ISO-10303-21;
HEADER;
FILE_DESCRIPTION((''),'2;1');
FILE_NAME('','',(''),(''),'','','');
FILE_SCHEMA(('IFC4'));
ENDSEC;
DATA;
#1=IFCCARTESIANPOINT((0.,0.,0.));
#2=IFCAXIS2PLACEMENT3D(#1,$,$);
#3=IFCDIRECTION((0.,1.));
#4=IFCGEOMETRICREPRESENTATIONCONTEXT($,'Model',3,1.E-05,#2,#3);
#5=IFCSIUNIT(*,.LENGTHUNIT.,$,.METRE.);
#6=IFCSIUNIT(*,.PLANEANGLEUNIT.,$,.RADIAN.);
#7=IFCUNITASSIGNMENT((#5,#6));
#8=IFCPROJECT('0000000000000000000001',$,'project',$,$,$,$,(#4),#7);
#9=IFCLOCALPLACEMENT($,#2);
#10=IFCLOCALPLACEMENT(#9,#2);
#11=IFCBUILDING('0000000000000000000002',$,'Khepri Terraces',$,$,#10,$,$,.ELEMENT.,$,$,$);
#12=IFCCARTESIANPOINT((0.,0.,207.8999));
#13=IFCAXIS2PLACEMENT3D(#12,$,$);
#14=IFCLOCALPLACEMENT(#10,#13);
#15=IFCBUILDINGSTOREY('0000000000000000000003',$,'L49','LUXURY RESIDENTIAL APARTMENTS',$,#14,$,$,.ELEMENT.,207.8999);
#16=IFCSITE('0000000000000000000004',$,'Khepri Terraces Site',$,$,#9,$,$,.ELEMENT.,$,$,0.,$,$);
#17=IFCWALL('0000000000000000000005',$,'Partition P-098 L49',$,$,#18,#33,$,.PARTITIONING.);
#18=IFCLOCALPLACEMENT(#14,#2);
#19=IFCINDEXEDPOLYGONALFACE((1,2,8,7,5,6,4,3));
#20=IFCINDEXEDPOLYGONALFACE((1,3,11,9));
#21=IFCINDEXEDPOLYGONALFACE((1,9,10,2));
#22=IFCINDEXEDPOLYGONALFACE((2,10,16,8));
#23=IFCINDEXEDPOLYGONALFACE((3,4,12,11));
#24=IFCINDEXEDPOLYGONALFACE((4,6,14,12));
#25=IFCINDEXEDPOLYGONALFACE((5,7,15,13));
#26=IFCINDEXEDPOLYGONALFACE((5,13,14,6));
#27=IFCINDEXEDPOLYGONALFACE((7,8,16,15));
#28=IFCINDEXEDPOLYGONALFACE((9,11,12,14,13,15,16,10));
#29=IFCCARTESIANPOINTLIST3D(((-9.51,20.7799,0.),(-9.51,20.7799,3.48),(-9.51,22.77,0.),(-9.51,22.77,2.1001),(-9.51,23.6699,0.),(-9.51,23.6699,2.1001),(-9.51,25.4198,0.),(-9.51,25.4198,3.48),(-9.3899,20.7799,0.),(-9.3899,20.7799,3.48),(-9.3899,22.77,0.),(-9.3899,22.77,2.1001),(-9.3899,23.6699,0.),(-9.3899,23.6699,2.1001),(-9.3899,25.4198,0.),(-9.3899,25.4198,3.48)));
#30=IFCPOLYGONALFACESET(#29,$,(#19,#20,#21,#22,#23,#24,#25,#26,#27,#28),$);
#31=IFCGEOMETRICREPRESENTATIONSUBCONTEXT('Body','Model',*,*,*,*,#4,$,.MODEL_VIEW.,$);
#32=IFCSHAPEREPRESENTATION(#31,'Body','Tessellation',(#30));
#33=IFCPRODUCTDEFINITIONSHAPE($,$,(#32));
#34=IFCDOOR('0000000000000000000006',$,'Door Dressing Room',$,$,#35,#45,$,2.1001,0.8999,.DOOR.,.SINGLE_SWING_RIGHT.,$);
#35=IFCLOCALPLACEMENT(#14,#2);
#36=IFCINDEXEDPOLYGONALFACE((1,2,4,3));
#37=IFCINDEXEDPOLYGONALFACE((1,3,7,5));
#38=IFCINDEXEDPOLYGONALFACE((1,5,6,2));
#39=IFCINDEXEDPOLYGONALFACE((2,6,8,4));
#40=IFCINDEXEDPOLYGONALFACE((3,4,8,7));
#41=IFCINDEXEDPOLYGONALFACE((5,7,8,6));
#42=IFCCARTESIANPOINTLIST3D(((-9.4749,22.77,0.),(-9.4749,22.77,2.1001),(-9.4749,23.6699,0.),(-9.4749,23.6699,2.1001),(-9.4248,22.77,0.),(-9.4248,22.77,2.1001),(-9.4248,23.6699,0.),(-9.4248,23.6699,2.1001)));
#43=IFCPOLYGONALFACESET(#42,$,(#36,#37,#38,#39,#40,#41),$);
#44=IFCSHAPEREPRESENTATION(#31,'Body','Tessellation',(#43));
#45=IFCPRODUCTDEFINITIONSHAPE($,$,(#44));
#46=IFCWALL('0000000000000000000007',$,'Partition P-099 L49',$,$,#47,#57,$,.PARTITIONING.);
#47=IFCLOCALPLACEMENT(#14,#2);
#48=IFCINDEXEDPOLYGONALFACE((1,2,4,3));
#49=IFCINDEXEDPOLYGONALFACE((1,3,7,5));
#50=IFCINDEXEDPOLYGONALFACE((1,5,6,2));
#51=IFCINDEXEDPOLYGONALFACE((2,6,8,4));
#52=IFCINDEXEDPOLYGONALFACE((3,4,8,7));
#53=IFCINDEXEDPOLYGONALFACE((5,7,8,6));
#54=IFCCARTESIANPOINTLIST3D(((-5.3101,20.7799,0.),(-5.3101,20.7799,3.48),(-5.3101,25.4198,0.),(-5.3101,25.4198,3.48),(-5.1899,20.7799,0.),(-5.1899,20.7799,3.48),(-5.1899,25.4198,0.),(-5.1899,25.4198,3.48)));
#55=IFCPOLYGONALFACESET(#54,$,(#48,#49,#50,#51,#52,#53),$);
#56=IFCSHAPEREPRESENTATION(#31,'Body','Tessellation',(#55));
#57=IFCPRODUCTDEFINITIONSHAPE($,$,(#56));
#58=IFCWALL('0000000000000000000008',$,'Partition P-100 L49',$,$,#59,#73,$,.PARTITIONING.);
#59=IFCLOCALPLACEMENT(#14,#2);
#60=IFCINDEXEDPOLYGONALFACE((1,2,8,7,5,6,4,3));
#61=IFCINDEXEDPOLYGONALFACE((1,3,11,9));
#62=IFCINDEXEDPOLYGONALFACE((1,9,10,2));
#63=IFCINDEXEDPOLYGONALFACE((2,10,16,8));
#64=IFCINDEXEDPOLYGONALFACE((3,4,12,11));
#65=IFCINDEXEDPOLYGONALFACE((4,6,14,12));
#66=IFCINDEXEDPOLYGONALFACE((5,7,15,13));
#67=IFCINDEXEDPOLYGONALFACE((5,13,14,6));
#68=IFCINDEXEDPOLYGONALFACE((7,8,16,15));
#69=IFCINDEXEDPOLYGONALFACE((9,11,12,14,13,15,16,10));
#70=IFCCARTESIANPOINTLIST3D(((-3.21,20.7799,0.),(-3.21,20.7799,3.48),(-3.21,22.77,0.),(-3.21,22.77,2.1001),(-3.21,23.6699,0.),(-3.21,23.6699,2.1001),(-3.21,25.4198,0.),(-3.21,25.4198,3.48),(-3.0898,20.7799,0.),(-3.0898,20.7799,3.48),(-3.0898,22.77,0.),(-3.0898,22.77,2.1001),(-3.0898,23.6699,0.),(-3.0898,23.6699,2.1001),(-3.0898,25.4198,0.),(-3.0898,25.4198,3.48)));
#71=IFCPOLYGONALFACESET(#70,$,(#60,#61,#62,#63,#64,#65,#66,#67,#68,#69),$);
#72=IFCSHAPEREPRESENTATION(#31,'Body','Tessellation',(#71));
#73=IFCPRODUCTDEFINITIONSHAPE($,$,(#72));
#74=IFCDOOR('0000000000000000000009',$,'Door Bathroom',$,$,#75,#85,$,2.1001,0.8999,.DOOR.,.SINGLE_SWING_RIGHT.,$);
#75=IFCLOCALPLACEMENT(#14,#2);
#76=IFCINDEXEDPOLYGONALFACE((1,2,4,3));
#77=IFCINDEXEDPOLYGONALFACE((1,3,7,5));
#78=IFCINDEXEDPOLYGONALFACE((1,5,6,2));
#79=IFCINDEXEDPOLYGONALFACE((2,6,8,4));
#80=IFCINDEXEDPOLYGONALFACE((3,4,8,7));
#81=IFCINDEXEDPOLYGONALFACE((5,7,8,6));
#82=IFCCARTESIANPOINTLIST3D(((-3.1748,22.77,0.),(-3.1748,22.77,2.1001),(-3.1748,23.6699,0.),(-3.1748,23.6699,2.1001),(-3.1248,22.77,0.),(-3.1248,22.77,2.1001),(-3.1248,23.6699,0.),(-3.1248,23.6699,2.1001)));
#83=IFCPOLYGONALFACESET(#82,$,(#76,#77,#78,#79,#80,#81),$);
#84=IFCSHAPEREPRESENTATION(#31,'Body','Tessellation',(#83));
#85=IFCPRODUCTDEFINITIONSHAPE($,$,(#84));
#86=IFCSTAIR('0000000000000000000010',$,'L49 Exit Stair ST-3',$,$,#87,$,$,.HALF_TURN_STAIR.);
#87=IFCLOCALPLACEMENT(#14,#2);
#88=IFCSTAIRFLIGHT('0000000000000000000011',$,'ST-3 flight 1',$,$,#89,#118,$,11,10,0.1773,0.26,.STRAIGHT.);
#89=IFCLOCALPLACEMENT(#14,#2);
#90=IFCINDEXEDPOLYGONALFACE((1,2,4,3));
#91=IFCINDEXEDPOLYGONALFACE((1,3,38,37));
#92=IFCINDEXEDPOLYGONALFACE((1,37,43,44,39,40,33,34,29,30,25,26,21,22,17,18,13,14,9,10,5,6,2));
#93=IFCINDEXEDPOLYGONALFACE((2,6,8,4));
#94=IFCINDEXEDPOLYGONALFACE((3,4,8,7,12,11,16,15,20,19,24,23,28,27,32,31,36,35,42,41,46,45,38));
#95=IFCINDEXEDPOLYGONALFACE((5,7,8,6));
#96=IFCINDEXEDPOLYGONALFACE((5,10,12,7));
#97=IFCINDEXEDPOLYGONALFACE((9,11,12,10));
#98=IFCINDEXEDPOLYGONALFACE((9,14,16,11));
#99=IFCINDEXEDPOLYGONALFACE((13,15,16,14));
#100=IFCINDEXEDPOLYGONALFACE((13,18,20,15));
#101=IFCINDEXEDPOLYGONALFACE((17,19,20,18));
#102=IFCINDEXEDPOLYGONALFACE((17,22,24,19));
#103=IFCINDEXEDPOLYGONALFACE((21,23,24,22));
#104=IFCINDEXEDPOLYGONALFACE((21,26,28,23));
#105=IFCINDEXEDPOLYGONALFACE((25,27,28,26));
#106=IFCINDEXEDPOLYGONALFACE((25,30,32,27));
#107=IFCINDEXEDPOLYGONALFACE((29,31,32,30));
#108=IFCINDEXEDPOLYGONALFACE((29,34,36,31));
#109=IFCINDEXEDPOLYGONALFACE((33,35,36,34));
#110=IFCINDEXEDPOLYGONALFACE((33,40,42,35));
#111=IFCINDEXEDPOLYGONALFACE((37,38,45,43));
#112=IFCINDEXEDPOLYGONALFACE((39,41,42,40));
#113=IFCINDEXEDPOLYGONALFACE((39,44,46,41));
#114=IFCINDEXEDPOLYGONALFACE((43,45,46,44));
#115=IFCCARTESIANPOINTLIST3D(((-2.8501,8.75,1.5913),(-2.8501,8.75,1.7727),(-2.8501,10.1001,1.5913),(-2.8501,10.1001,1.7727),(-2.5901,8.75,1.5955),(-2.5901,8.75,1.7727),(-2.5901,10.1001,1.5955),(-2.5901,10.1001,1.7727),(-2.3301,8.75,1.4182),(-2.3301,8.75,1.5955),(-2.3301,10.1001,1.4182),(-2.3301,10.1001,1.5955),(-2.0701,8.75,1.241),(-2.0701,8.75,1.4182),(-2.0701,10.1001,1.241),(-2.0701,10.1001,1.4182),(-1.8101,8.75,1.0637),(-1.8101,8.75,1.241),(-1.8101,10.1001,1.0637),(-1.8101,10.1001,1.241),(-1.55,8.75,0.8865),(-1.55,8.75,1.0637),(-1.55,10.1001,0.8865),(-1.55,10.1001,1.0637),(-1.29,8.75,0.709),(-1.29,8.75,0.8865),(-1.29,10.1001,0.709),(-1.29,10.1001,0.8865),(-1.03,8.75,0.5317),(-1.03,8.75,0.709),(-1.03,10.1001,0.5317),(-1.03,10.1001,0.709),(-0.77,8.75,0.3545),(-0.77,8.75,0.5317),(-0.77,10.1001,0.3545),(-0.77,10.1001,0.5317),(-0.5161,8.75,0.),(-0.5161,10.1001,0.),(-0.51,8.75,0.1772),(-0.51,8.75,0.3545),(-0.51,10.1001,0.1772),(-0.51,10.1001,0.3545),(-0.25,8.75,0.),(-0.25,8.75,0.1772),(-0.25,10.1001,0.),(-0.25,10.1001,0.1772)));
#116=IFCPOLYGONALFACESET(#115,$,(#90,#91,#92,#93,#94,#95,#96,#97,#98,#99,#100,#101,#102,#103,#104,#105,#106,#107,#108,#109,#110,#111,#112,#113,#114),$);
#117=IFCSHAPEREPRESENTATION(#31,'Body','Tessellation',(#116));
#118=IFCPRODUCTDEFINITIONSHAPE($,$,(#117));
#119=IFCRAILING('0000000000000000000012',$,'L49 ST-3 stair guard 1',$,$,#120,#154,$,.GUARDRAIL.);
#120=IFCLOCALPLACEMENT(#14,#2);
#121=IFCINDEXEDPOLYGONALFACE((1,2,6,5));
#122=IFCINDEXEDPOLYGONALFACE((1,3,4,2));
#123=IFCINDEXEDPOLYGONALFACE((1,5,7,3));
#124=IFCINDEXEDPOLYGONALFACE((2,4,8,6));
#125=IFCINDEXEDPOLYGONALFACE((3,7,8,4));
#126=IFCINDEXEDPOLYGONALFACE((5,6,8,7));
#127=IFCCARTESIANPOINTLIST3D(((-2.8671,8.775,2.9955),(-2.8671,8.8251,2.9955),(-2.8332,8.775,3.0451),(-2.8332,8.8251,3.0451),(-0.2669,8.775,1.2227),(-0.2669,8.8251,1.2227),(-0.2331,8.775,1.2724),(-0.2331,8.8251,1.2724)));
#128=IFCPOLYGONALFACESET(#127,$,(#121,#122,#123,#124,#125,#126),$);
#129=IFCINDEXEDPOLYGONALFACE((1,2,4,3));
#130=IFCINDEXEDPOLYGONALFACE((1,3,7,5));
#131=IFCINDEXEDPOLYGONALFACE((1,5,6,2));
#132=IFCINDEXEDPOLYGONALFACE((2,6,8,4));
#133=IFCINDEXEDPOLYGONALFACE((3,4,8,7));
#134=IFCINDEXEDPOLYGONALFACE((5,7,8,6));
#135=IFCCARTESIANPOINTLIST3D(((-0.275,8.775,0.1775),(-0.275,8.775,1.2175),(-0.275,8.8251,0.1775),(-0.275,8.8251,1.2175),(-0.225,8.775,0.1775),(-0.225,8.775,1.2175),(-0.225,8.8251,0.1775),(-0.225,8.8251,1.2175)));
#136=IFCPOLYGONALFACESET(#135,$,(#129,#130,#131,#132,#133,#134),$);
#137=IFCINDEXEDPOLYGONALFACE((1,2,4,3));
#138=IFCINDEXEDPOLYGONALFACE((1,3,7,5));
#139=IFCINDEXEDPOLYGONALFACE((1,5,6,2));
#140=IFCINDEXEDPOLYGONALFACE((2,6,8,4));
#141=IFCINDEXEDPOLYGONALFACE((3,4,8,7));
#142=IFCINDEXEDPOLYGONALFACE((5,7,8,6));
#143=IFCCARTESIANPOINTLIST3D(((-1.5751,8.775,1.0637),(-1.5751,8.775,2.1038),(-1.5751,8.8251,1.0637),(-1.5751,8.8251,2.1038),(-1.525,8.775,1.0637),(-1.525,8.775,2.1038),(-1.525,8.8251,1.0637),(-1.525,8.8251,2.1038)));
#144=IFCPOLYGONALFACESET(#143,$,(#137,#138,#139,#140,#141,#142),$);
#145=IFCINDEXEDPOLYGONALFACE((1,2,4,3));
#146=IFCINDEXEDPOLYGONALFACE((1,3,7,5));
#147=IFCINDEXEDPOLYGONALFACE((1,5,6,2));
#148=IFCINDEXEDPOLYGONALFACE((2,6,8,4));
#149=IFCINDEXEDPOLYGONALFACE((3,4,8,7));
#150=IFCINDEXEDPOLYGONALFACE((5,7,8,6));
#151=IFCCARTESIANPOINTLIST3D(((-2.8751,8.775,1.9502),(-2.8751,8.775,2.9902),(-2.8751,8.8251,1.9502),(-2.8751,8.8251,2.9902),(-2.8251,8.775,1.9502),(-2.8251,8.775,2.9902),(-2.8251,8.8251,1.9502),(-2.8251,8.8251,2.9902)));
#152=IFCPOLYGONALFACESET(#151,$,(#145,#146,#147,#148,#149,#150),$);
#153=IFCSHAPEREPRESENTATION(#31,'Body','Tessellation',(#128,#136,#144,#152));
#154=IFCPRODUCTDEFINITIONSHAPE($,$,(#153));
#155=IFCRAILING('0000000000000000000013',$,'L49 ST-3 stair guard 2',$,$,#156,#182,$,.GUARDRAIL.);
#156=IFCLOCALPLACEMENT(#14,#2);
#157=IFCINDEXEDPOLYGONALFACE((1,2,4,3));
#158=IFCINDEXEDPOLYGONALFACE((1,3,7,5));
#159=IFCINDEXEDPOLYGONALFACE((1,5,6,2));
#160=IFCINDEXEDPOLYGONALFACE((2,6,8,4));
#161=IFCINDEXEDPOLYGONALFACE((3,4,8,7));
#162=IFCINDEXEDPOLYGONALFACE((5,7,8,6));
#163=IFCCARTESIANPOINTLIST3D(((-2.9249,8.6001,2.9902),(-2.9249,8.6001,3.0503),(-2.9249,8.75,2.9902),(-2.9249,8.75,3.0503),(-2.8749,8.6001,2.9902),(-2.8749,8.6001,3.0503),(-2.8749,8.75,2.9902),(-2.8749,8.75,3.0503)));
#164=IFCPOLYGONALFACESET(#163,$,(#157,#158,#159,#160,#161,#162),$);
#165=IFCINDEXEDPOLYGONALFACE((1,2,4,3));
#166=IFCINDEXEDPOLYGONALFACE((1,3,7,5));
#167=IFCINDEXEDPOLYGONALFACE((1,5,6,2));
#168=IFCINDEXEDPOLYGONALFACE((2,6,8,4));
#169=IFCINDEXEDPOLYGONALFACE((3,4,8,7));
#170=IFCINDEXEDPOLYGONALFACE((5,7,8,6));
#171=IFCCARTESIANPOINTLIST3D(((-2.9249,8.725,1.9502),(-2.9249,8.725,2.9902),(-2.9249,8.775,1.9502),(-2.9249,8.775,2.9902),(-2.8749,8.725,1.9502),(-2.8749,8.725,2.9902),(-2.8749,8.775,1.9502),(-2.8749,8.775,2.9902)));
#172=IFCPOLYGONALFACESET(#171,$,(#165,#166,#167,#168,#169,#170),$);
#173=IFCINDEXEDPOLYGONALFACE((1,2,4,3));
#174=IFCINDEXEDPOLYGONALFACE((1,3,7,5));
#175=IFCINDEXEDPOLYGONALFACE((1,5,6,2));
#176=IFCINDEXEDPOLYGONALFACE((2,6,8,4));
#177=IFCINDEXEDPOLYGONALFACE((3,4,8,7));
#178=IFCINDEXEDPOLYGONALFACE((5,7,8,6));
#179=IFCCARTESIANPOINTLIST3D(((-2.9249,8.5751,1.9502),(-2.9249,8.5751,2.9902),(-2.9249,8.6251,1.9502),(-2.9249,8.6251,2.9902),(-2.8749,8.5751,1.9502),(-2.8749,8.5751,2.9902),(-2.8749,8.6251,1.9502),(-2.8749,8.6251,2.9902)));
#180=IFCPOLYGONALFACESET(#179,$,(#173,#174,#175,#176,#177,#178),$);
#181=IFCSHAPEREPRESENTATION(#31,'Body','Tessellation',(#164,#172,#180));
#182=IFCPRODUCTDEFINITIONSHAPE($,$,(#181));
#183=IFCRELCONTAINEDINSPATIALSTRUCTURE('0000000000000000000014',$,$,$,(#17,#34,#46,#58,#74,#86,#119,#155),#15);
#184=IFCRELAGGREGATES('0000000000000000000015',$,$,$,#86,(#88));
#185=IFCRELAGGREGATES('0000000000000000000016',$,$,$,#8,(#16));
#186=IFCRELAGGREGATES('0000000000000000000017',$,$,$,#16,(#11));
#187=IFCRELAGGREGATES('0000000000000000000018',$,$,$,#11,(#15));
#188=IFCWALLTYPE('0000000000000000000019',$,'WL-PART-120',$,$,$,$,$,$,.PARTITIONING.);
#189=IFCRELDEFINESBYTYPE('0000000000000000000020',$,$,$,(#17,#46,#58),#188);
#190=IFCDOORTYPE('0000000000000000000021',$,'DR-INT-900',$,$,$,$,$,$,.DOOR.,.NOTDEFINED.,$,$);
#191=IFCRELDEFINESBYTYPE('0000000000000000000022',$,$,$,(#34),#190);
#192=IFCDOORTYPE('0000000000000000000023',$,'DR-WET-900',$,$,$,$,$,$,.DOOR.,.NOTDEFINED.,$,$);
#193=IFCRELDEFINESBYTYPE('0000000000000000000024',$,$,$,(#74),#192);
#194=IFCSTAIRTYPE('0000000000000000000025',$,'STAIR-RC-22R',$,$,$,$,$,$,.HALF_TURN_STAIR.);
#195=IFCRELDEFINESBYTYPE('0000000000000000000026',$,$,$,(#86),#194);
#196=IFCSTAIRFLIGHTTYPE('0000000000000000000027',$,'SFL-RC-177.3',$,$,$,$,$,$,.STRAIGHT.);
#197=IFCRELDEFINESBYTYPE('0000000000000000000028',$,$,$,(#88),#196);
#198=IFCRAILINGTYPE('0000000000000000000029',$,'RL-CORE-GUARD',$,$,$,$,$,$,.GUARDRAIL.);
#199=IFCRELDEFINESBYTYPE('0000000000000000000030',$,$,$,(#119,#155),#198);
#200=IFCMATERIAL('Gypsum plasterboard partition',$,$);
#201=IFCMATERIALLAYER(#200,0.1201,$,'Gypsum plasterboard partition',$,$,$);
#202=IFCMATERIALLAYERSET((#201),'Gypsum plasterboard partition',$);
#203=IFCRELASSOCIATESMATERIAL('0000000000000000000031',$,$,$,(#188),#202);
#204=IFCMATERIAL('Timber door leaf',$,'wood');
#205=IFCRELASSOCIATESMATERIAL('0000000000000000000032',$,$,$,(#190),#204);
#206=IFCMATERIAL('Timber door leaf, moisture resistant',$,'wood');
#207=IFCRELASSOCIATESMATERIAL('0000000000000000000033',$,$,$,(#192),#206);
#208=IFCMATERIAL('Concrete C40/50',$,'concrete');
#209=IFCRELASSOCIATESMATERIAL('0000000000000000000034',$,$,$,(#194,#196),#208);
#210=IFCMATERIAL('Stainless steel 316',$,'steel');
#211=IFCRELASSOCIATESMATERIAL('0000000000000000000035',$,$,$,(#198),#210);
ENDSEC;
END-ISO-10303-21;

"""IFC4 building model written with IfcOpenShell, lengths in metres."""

from ifc_helpers import new_model, si_unit, direction, frame, frame_2d, origin, origin_2d, place, context, subcontext, project, spatial, polyline, rectangle, outline, extrude, material, layer, layer_set, type_object, element, fill, aggregate, save


model = new_model("IFC4")

# Units and contexts
model_context = context("Model", 3, precision=1e-05, world=origin(), true_north=direction((0.0, 1.0)))
body_context = subcontext(model_context, "Body", "Model", "MODEL_VIEW")
ifc_project = project(units=[si_unit("LENGTHUNIT", "METRE"), si_unit("PLANEANGLEUNIT", "RADIAN")], contexts=[model_context])

# Site, building, storey
site_placement = place(None, origin())
site = spatial("IfcSite", under=ifc_project, at=site_placement, Name="Khepri Terraces Site", CompositionType="ELEMENT", RefElevation=0.0)
building_placement = place(site_placement, origin())
building = spatial("IfcBuilding", under=site, at=building_placement, Name="Khepri Terraces", CompositionType="ELEMENT")
storey_placement = place(building_placement, frame((0.0, 0.0, 207.8999)))
storey = spatial("IfcBuildingStorey", under=building, at=storey_placement, Name="L49", Description="LUXURY RESIDENTIAL APARTMENTS", CompositionType="ELEMENT", Elevation=207.8999)

# Shared definitions
ifc_material_1 = material(Name="Gypsum plasterboard partition")
ifc_layer_1 = layer(ifc_material_1, 0.1201, Name="Gypsum plasterboard partition")
ifc_layer_set_1 = layer_set([ifc_layer_1], Name="Gypsum plasterboard partition")
wall_type_1 = type_object("IfcWallType", Name="WL-PART-120", PredefinedType="PARTITIONING", material=ifc_layer_set_1)

# Wall, opening, door
wall_1_placement = place(storey_placement, frame((-9.45, 20.78, 0.0), z_axis=(0.0, 0.0, 1.0), x_axis=(0.0, 1.0, 0.0)))
wall_1 = element("IfcWall", 1, at=wall_1_placement, inside=storey, type_object=wall_type_1, Name="Partition P-098 L49", PredefinedType="PARTITIONING", context=body_context, shape_type="SweptSolid", body=[
    extrude(rectangle(XDim=4.6399, YDim=0.1201, at=frame_2d((2.3198, 0.0))), origin(), (0.0, 0.0, 1.0), 3.48),
])
opening_1_placement = place(wall_1_placement, frame((1.99, 0.0, 0.0)))
opening_1 = element("IfcOpeningElement", 2, at=opening_1_placement, cuts=wall_1, PredefinedType="OPENING", context=body_context, shape_type="SweptSolid", body=[
    extrude(rectangle(XDim=0.8999, YDim=2.1001, at=frame_2d((0.45, 1.05))), frame((0.0, 0.0701, 0.0), z_axis=(0.0, -1.0, 0.0), x_axis=(1.0, 0.0, 0.0)), (0.0, 0.0, 1.0), 0.1401),
])
ifc_material_2 = material(Name="Timber door leaf", Category="wood")
door_type_1 = type_object("IfcDoorType", Name="DR-INT-900", OperationType="NOTDEFINED", PredefinedType="DOOR", material=ifc_material_2)
door_1_placement = place(opening_1_placement, origin())
door_1 = element("IfcDoor", 3, at=door_1_placement, inside=storey, type_object=door_type_1, Name="Door Dressing Room", OperationType="SINGLE_SWING_RIGHT", OverallHeight=2.1001, OverallWidth=0.8999, PredefinedType="DOOR", context=body_context, shape_type="SweptSolid", body=[
    extrude(rectangle(XDim=0.8999, YDim=2.1001, at=frame_2d((0.45, 1.05))), frame((0.0, 0.0249, 0.0), z_axis=(0.0, -1.0, 0.0), x_axis=(1.0, 0.0, 0.0)), (0.0, 0.0, 1.0), 0.05),
])
fill(opening_1, door_1)

# Wall
wall_2_placement = place(storey_placement, frame((-5.25, 20.78, 0.0), z_axis=(0.0, 0.0, 1.0), x_axis=(0.0, 1.0, 0.0)))
element("IfcWall", 4, at=wall_2_placement, inside=storey, type_object=wall_type_1, Name="Partition P-099 L49", PredefinedType="PARTITIONING", context=body_context, shape_type="SweptSolid", body=[
    extrude(rectangle(XDim=4.6399, YDim=0.1201, at=frame_2d((2.3198, 0.0))), origin(), (0.0, 0.0, 1.0), 3.48),
])

# Wall, opening, door
wall_3_placement = place(storey_placement, frame((-3.1499, 20.78, 0.0), z_axis=(0.0, 0.0, 1.0), x_axis=(0.0, 1.0, 0.0)))
wall_3 = element("IfcWall", 5, at=wall_3_placement, inside=storey, type_object=wall_type_1, Name="Partition P-100 L49", PredefinedType="PARTITIONING", context=body_context, shape_type="SweptSolid", body=[
    extrude(rectangle(XDim=4.6399, YDim=0.1201, at=frame_2d((2.3198, 0.0))), origin(), (0.0, 0.0, 1.0), 3.48),
])
opening_2_placement = place(wall_3_placement, frame((1.99, 0.0, 0.0)))
opening_2 = element("IfcOpeningElement", 6, at=opening_2_placement, cuts=wall_3, PredefinedType="OPENING", context=body_context, shape_type="SweptSolid", body=[
    extrude(rectangle(XDim=0.8999, YDim=2.1001, at=frame_2d((0.45, 1.05))), frame((0.0, 0.0701, 0.0), z_axis=(0.0, -1.0, 0.0), x_axis=(1.0, 0.0, 0.0)), (0.0, 0.0, 1.0), 0.1401),
])
ifc_material_3 = material(Name="Timber door leaf, moisture resistant", Category="wood")
door_type_2 = type_object("IfcDoorType", Name="DR-WET-900", OperationType="NOTDEFINED", PredefinedType="DOOR", material=ifc_material_3)
door_2_placement = place(opening_2_placement, origin())
door_2 = element("IfcDoor", 7, at=door_2_placement, inside=storey, type_object=door_type_2, Name="Door Bathroom", OperationType="SINGLE_SWING_RIGHT", OverallHeight=2.1001, OverallWidth=0.8999, PredefinedType="DOOR", context=body_context, shape_type="SweptSolid", body=[
    extrude(rectangle(XDim=0.8999, YDim=2.1001, at=frame_2d((0.45, 1.05))), frame((0.0, 0.0249, 0.0), z_axis=(0.0, -1.0, 0.0), x_axis=(1.0, 0.0, 0.0)), (0.0, 0.0, 1.0), 0.05),
])
fill(opening_2, door_2)

# Stair, stair flight
ifc_material_4 = material(Name="Concrete C40/50", Category="concrete")
stair_type = type_object("IfcStairType", Name="STAIR-RC-22R", PredefinedType="HALF_TURN_STAIR", material=ifc_material_4)
stair_placement = place(storey_placement, origin())
stair = element("IfcStair", 8, at=stair_placement, inside=storey, type_object=stair_type, Name="L49 Exit Stair ST-3", PredefinedType="HALF_TURN_STAIR")
stair_flight_type = type_object("IfcStairFlightType", Name="SFL-RC-177.3", PredefinedType="STRAIGHT", material=ifc_material_4)
stair_flight_placement = place(storey_placement, frame((-0.25, 9.425, 0.0), z_axis=(0.0, 0.0, 1.0), x_axis=(-1.0, 0.0, 0.0)))
stair_flight = element("IfcStairFlight", 9, at=stair_flight_placement, type_object=stair_flight_type, Name="ST-3 flight 1", NumberOfRisers=11, NumberOfTreads=10, PredefinedType="STRAIGHT", RiserHeight=0.1773, TreadLength=0.26, context=body_context, shape_type="SweptSolid", body=[
    extrude(outline(polyline([(0.0, 0.0), (0.0, 0.1772), (0.26, 0.1772), (0.26, 0.3545), (0.52, 0.3545), (0.52, 0.5317), (0.78, 0.5317), (0.78, 0.709), (1.04, 0.709), (1.04, 0.8865), (1.3, 0.8865), (1.3, 1.0637), (1.5601, 1.0637), (1.5601, 1.241), (1.8201, 1.241), (1.8201, 1.4182), (2.0801, 1.4182), (2.0801, 1.5955), (2.3401, 1.5955), (2.3401, 1.7727), (2.6001, 1.7727), (2.6001, 1.95), (2.6001, 1.5913), (0.2661, 0.0), (0.0, 0.0)])), frame((0.0, 0.675, 0.0), z_axis=(0.0, -1.0, 0.0), x_axis=(1.0, 0.0, 0.0)), (0.0, 0.0, 1.0), 1.3501),
])
aggregate(stair, [stair_flight])

# Railings
ifc_material_5 = material(Name="Stainless steel 316", Category="steel")
railing_type_1 = type_object("IfcRailingType", Name="RL-CORE-GUARD", PredefinedType="GUARDRAIL", material=ifc_material_5)
railing_1_placement = place(storey_placement, frame((-0.25, 8.8, 0.1775)))
element("IfcRailing", 10, at=railing_1_placement, inside=storey, type_object=railing_type_1, Name="L49 ST-3 stair guard 1", PredefinedType="GUARDRAIL", context=body_context, shape_type="SweptSolid", body=[
    extrude(rectangle(XDim=0.05, YDim=0.0601, at=origin_2d()), frame((0.0, 0.0, 1.0701), z_axis=(-0.82624, 0.0, 0.563318), x_axis=(0.0, -1.0, 0.0)), (0.0, 0.0, 1.0), 3.147),
    extrude(rectangle(XDim=0.05, YDim=0.05, at=origin_2d()), origin(), (0.0, 0.0, 1.0), 1.04),
    extrude(rectangle(XDim=0.05, YDim=0.05, at=origin_2d()), frame((-1.3, 0.0, 0.8862)), (0.0, 0.0, 1.0), 1.04),
    extrude(rectangle(XDim=0.05, YDim=0.05, at=origin_2d()), frame((-2.6001, 0.0, 1.7727)), (0.0, 0.0, 1.0), 1.04),
])
railing_2_placement = place(storey_placement, frame((-2.8999, 8.75, 1.9502)))
element("IfcRailing", 11, at=railing_2_placement, inside=storey, type_object=railing_type_1, Name="L49 ST-3 stair guard 2", PredefinedType="GUARDRAIL", context=body_context, shape_type="SweptSolid", body=[
    extrude(rectangle(XDim=0.05, YDim=0.0601, at=origin_2d()), frame((0.0, 0.0, 1.0701), z_axis=(0.0, -1.0, 0.0), x_axis=(1.0, 0.0, 0.0)), (0.0, 0.0, 1.0), 0.1499),
    extrude(rectangle(XDim=0.05, YDim=0.05, at=origin_2d()), origin(), (0.0, 0.0, 1.0), 1.04),
    extrude(rectangle(XDim=0.05, YDim=0.05, at=origin_2d()), frame((0.0, -0.1499, 0.0)), (0.0, 0.0, 1.0), 1.04),
])

save(model, "model.ifc")
